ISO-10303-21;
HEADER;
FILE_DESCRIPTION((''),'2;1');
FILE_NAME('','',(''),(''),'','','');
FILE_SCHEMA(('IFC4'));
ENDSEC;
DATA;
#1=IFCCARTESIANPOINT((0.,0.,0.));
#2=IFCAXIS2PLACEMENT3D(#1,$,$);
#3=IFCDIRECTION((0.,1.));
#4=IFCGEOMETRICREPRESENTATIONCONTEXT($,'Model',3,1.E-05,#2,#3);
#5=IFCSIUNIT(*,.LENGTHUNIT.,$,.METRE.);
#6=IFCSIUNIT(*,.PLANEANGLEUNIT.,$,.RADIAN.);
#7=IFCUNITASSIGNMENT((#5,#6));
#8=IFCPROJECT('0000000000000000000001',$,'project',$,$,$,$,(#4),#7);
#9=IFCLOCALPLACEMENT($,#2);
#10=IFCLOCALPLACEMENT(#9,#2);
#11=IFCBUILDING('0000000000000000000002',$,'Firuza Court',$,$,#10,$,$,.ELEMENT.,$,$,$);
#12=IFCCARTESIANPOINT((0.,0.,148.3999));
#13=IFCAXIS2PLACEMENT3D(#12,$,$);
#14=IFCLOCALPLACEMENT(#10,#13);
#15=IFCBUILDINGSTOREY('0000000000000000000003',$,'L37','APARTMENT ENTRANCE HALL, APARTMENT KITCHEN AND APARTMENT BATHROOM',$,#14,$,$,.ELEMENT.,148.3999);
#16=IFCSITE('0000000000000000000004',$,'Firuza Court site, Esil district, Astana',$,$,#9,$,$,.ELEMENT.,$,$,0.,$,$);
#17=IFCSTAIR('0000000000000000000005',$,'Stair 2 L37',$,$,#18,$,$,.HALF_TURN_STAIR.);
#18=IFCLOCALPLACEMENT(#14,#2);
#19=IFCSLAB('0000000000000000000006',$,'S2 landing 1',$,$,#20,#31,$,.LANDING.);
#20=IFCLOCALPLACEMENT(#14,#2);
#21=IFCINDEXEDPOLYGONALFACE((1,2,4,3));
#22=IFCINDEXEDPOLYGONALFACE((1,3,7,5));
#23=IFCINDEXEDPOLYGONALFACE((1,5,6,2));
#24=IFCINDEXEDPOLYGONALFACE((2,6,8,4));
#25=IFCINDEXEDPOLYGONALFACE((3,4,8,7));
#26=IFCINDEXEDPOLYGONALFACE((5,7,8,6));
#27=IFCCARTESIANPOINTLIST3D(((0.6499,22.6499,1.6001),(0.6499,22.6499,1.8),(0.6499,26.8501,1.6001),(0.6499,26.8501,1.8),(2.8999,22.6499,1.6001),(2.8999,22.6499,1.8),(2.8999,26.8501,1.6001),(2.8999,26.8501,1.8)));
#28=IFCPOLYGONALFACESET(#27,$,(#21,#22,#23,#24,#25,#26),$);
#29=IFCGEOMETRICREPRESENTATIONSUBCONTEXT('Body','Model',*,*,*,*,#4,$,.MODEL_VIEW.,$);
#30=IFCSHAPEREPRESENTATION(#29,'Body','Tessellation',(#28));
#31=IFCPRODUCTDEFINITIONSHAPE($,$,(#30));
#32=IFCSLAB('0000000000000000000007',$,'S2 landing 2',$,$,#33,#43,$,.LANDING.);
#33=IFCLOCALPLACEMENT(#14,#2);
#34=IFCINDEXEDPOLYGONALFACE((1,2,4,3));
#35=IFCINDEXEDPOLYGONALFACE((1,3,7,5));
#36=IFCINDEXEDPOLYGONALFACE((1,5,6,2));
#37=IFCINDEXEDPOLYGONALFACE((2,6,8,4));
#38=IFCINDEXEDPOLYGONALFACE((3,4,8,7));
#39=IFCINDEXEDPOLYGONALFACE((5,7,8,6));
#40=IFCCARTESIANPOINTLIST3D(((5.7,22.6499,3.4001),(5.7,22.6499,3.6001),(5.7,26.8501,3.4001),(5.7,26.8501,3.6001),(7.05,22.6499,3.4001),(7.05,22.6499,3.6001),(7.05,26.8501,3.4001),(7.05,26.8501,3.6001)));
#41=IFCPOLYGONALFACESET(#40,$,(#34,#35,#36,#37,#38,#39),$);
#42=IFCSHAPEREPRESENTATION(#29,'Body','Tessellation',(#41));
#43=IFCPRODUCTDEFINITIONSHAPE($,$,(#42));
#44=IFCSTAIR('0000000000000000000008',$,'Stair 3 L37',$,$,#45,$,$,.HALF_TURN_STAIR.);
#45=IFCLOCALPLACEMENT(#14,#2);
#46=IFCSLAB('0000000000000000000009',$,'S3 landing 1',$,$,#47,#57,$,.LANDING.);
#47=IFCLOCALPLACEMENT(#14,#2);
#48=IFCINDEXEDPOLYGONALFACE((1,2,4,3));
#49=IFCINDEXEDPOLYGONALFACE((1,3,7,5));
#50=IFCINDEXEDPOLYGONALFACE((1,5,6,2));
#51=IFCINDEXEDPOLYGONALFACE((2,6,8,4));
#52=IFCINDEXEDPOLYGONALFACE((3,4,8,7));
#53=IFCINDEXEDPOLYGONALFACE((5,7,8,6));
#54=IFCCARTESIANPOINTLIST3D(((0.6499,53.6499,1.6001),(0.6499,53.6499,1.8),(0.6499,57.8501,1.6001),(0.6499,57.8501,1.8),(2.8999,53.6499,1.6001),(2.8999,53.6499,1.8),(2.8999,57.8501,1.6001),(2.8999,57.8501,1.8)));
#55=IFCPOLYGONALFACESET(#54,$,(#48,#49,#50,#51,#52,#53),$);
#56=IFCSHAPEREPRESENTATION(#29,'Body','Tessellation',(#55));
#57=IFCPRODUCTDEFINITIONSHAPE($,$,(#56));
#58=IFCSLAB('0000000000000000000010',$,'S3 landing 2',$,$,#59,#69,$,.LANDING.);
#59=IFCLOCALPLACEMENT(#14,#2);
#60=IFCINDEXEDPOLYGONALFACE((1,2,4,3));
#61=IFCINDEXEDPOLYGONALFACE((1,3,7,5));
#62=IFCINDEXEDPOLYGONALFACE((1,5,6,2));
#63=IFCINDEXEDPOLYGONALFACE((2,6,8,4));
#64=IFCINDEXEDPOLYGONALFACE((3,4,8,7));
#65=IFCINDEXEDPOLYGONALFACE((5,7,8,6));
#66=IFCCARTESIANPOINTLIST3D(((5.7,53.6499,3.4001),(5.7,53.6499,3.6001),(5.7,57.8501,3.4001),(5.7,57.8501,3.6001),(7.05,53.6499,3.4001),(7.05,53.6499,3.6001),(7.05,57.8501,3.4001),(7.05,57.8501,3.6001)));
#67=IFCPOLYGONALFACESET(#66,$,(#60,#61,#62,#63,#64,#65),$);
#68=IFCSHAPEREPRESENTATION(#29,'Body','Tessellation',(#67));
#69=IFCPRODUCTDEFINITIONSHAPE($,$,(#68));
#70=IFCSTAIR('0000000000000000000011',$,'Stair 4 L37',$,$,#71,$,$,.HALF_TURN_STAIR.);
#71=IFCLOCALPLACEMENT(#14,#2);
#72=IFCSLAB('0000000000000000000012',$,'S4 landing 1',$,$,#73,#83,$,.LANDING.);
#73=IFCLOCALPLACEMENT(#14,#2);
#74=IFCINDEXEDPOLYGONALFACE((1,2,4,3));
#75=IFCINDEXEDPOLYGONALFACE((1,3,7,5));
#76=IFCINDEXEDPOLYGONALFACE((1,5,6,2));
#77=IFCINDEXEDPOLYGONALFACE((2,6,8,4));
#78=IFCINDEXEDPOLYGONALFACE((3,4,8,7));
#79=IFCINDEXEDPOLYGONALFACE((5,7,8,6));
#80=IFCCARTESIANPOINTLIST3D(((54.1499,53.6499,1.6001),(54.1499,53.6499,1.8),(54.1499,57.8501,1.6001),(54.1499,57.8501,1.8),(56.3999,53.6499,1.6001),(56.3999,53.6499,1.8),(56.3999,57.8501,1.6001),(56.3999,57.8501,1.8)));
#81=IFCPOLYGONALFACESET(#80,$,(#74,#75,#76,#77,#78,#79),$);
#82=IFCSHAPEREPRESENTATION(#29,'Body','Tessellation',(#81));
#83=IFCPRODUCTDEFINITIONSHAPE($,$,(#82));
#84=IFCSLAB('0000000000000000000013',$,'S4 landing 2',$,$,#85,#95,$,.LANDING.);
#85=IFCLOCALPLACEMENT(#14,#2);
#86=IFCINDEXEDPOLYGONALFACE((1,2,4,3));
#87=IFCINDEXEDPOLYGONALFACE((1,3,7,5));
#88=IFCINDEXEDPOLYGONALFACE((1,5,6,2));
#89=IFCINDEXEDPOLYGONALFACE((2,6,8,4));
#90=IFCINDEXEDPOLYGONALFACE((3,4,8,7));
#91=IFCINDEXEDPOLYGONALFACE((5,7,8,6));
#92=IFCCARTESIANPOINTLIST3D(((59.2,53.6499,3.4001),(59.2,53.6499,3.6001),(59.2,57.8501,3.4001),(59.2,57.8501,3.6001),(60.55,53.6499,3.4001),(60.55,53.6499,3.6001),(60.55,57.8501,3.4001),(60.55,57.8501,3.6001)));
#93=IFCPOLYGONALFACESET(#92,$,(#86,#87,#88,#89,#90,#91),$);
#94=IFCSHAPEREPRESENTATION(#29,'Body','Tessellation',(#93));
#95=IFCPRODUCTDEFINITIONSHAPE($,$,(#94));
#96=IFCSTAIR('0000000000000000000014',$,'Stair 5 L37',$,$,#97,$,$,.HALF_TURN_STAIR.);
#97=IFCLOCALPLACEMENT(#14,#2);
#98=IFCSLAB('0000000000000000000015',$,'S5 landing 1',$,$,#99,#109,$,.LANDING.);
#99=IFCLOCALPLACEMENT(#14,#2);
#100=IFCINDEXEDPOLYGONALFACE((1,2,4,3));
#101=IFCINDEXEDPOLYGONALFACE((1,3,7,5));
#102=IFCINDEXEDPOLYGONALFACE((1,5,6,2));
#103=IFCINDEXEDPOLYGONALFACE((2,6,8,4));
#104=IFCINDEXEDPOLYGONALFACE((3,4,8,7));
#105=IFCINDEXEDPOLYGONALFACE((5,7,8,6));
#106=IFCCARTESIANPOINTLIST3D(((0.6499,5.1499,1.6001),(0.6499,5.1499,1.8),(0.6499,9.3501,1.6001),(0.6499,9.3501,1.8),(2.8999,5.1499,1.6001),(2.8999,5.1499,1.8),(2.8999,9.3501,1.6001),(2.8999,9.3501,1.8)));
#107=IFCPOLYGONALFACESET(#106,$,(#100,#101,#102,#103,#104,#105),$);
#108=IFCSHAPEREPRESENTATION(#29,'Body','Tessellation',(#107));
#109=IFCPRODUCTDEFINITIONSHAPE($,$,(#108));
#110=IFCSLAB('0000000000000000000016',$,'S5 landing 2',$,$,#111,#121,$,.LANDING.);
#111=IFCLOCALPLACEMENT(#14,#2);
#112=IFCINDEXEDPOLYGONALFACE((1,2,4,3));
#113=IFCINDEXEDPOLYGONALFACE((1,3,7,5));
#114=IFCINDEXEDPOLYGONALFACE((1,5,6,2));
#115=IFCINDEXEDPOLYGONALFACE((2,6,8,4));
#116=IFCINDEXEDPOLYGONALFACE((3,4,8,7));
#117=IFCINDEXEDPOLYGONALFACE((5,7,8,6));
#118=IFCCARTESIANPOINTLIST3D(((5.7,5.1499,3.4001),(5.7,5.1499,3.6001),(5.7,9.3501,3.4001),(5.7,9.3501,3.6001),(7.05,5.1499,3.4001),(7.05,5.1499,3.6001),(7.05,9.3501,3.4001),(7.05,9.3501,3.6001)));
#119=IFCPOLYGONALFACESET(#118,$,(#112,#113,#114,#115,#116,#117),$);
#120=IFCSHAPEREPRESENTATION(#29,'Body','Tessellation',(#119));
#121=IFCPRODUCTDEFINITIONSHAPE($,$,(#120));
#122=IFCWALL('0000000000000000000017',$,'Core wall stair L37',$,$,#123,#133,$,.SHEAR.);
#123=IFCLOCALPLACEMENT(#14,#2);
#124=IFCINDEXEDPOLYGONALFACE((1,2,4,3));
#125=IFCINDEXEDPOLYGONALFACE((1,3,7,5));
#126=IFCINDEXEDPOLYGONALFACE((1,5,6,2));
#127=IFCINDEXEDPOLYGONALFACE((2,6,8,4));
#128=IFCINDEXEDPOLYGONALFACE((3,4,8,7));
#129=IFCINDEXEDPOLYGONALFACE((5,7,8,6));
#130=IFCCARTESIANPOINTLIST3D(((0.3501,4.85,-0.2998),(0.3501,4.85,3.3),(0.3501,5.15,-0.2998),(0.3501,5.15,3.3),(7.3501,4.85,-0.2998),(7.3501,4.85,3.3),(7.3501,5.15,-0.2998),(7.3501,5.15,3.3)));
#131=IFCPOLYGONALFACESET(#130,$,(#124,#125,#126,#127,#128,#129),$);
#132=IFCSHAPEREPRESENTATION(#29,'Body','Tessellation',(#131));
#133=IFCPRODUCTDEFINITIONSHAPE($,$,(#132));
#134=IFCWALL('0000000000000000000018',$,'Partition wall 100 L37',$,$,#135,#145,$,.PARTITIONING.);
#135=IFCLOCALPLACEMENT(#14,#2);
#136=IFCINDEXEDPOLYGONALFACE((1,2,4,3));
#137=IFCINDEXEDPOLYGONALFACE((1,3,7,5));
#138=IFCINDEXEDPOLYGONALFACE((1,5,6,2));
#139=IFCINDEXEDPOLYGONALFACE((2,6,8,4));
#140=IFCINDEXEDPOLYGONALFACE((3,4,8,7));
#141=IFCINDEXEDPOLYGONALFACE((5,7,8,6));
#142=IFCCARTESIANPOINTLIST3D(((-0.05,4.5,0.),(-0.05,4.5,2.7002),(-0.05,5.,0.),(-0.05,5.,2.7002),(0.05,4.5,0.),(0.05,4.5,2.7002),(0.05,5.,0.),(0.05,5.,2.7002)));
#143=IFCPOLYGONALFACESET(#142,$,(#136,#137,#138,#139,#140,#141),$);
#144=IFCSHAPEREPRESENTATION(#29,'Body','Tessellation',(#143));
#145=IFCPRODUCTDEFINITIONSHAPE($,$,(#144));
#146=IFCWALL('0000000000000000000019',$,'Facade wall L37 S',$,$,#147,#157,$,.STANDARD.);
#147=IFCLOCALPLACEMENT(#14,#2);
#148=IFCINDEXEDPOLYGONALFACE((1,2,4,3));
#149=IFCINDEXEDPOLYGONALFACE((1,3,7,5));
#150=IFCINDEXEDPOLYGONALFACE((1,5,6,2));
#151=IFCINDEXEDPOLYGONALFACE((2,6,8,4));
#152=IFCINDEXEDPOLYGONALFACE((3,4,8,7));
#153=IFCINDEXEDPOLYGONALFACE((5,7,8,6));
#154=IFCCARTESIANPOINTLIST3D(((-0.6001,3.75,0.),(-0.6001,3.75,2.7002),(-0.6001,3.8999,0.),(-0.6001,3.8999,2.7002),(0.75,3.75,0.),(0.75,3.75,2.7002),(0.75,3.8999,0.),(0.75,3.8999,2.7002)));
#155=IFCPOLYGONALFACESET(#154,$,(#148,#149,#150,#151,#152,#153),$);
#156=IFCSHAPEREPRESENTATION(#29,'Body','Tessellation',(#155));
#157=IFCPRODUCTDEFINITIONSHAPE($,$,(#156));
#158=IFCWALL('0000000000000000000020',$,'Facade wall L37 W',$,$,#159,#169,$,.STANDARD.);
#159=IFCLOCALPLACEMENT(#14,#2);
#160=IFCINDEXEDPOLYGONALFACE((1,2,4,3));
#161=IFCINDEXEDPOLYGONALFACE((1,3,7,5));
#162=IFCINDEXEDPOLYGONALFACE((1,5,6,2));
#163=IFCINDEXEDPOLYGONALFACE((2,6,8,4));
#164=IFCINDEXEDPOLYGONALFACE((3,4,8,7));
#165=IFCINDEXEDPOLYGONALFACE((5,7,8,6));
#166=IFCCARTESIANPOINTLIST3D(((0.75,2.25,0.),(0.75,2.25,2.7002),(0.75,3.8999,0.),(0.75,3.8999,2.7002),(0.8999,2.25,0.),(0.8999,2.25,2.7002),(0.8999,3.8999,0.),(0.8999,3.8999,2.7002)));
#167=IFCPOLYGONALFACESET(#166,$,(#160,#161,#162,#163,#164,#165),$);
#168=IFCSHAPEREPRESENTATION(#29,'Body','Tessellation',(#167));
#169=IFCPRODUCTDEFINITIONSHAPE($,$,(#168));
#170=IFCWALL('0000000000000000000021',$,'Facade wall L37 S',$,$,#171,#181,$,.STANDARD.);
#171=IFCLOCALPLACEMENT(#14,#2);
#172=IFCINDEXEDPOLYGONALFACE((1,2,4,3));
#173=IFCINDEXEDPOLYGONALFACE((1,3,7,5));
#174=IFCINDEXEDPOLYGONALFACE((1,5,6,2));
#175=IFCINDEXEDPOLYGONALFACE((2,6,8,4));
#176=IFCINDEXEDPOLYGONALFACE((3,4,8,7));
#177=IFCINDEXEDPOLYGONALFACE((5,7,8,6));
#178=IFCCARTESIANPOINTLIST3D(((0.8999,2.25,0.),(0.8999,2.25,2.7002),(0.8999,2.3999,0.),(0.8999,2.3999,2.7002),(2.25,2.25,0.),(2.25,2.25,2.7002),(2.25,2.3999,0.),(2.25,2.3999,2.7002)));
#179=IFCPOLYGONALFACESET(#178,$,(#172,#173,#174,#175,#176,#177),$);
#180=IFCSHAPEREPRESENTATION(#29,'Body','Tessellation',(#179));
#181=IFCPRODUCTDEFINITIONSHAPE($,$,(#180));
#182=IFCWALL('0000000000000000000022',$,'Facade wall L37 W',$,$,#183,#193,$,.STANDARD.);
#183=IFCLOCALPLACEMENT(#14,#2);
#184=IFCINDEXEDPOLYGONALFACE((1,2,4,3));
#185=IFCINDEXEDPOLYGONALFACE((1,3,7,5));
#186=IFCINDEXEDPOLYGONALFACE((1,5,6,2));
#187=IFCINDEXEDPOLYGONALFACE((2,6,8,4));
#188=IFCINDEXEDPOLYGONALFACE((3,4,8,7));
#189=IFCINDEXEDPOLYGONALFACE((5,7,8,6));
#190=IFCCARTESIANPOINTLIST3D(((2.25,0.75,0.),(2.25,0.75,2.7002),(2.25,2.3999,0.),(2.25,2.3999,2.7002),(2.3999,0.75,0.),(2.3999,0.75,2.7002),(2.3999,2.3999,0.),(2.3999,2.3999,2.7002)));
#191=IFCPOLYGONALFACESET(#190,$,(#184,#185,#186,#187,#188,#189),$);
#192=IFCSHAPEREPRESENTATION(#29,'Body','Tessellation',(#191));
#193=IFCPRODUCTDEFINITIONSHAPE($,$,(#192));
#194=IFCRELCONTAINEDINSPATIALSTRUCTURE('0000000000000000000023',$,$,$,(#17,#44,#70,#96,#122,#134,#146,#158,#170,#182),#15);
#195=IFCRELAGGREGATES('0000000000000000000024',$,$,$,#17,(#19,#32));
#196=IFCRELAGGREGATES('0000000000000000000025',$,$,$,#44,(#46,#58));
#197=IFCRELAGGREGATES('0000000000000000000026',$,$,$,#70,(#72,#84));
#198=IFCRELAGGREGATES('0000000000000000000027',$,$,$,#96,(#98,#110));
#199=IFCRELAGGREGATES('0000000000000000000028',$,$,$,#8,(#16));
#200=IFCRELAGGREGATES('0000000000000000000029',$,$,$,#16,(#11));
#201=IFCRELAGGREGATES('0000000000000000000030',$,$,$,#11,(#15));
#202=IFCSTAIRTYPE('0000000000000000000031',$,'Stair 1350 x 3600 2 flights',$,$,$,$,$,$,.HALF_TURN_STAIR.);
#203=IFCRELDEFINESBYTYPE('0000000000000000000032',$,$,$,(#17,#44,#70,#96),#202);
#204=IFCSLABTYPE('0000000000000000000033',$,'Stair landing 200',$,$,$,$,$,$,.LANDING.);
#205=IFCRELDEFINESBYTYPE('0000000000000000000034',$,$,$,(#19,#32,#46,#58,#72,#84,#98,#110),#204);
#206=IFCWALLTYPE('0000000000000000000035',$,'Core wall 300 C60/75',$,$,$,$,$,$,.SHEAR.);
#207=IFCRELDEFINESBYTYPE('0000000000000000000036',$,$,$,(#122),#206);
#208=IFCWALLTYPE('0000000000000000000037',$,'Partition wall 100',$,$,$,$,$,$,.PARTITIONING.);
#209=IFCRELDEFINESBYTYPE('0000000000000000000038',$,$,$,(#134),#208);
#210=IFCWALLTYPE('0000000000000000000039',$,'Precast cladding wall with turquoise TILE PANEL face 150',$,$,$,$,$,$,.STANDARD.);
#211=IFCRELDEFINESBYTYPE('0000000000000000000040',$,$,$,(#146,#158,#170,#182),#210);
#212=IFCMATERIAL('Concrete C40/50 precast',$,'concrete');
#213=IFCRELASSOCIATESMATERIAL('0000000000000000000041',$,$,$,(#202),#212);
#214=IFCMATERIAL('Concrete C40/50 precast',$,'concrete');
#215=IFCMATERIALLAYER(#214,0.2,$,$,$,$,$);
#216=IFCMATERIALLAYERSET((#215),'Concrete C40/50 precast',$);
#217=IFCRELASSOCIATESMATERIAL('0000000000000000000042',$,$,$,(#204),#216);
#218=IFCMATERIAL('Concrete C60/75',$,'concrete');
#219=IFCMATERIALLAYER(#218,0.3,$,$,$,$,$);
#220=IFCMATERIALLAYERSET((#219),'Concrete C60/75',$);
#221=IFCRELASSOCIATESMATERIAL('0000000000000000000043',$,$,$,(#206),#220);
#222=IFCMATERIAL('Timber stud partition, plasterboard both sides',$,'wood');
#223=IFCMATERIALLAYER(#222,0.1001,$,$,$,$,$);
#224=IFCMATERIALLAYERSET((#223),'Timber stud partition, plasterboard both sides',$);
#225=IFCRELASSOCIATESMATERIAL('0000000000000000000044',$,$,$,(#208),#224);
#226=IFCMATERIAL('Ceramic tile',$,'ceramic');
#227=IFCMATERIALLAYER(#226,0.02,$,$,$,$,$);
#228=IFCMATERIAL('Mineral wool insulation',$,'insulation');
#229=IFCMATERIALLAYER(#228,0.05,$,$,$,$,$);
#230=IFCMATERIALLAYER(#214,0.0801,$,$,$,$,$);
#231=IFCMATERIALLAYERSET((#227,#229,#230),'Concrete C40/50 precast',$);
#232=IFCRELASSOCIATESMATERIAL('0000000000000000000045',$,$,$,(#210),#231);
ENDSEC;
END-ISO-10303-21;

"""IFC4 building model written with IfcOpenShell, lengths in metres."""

from ifc_helpers import new_model, si_unit, direction, frame, frame_2d, origin, place, context, subcontext, project, spatial, polyline, rectangle, outline, extrude, material, layer, layer_set, type_object, element, aggregate, save


model = new_model("IFC4")

# Units and contexts
model_context = context("Model", 3, precision=1e-05, world=origin(), true_north=direction((0.0, 1.0)))
body_context = subcontext(model_context, "Body", "Model", "MODEL_VIEW")
ifc_project = project(units=[si_unit("LENGTHUNIT", "METRE"), si_unit("PLANEANGLEUNIT", "RADIAN")], contexts=[model_context])

# Site, building, storey
site_placement = place(None, origin())
site = spatial("IfcSite", under=ifc_project, at=site_placement, Name="Firuza Court site, Esil district, Astana", CompositionType="ELEMENT", RefElevation=0.0)
building_placement = place(site_placement, origin())
building = spatial("IfcBuilding", under=site, at=building_placement, Name="Firuza Court", CompositionType="ELEMENT")
storey_placement = place(building_placement, frame((0.0, 0.0, 148.3999)))
storey = spatial("IfcBuildingStorey", under=building, at=storey_placement, Name="L37", Description="APARTMENT ENTRANCE HALL, APARTMENT KITCHEN AND APARTMENT BATHROOM", CompositionType="ELEMENT", Elevation=148.3999)

# Stairs, slabs
ifc_material_1 = material(Name="Concrete C40/50 precast", Category="concrete")
stair_type = type_object("IfcStairType", Name="Stair 1350 x 3600 2 flights", PredefinedType="HALF_TURN_STAIR", material=ifc_material_1)
ifc_material_2 = material(Name="Concrete C40/50 precast", Category="concrete")
ifc_layer_1 = layer(ifc_material_2, 0.2)
ifc_layer_set_1 = layer_set([ifc_layer_1], Name="Concrete C40/50 precast")
slab_type_1 = type_object("IfcSlabType", Name="Stair landing 200", PredefinedType="LANDING", material=ifc_layer_set_1)
stair_1_placement = place(storey_placement, origin())
stair_1 = element("IfcStair", 1, at=stair_1_placement, inside=storey, type_object=stair_type, Name="Stair 2 L37", PredefinedType="HALF_TURN_STAIR")
slab_1_placement = place(storey_placement, frame((0.0, 0.0, 1.6001)))
slab_1 = element("IfcSlab", 2, at=slab_1_placement, type_object=slab_type_1, Name="S2 landing 1", PredefinedType="LANDING", context=body_context, shape_type="SweptSolid", body=[
    extrude(outline(polyline([(2.8999, 22.6499), (2.8999, 26.8501), (0.6499, 26.8501), (0.6499, 22.6499), (2.8999, 22.6499)])), origin(), (0.0, 0.0, 1.0), 0.2),
])
slab_2_placement = place(storey_placement, frame((0.0, 0.0, 3.4001)))
slab_2 = element("IfcSlab", 3, at=slab_2_placement, type_object=slab_type_1, Name="S2 landing 2", PredefinedType="LANDING", context=body_context, shape_type="SweptSolid", body=[
    extrude(outline(polyline([(7.05, 22.6499), (7.05, 26.8501), (5.7, 26.8501), (5.7, 22.6499), (7.05, 22.6499)])), origin(), (0.0, 0.0, 1.0), 0.2),
])
aggregate(stair_1, [slab_1, slab_2])
stair_2_placement = place(storey_placement, origin())
stair_2 = element("IfcStair", 4, at=stair_2_placement, inside=storey, type_object=stair_type, Name="Stair 3 L37", PredefinedType="HALF_TURN_STAIR")
slab_3_placement = place(storey_placement, frame((0.0, 0.0, 1.6001)))
slab_3 = element("IfcSlab", 5, at=slab_3_placement, type_object=slab_type_1, Name="S3 landing 1", PredefinedType="LANDING", context=body_context, shape_type="SweptSolid", body=[
    extrude(outline(polyline([(2.8999, 53.6499), (2.8999, 57.8501), (0.6499, 57.8501), (0.6499, 53.6499), (2.8999, 53.6499)])), origin(), (0.0, 0.0, 1.0), 0.2),
])
slab_4_placement = place(storey_placement, frame((0.0, 0.0, 3.4001)))
slab_4 = element("IfcSlab", 6, at=slab_4_placement, type_object=slab_type_1, Name="S3 landing 2", PredefinedType="LANDING", context=body_context, shape_type="SweptSolid", body=[
    extrude(outline(polyline([(7.05, 53.6499), (7.05, 57.8501), (5.7, 57.8501), (5.7, 53.6499), (7.05, 53.6499)])), origin(), (0.0, 0.0, 1.0), 0.2),
])
aggregate(stair_2, [slab_3, slab_4])
stair_3_placement = place(storey_placement, origin())
stair_3 = element("IfcStair", 7, at=stair_3_placement, inside=storey, type_object=stair_type, Name="Stair 4 L37", PredefinedType="HALF_TURN_STAIR")
slab_5_placement = place(storey_placement, frame((0.0, 0.0, 1.6001)))
slab_5 = element("IfcSlab", 8, at=slab_5_placement, type_object=slab_type_1, Name="S4 landing 1", PredefinedType="LANDING", context=body_context, shape_type="SweptSolid", body=[
    extrude(outline(polyline([(56.3999, 53.6499), (56.3999, 57.8501), (54.1499, 57.8501), (54.1499, 53.6499), (56.3999, 53.6499)])), origin(), (0.0, 0.0, 1.0), 0.2),
])
slab_6_placement = place(storey_placement, frame((0.0, 0.0, 3.4001)))
slab_6 = element("IfcSlab", 9, at=slab_6_placement, type_object=slab_type_1, Name="S4 landing 2", PredefinedType="LANDING", context=body_context, shape_type="SweptSolid", body=[
    extrude(outline(polyline([(60.55, 53.6499), (60.55, 57.8501), (59.2, 57.8501), (59.2, 53.6499), (60.55, 53.6499)])), origin(), (0.0, 0.0, 1.0), 0.2),
])
aggregate(stair_3, [slab_5, slab_6])
stair_4_placement = place(storey_placement, origin())
stair_4 = element("IfcStair", 10, at=stair_4_placement, inside=storey, type_object=stair_type, Name="Stair 5 L37", PredefinedType="HALF_TURN_STAIR")
slab_7_placement = place(storey_placement, frame((0.0, 0.0, 1.6001)))
slab_7 = element("IfcSlab", 11, at=slab_7_placement, type_object=slab_type_1, Name="S5 landing 1", PredefinedType="LANDING", context=body_context, shape_type="SweptSolid", body=[
    extrude(outline(polyline([(2.8999, 5.1499), (2.8999, 9.3501), (0.6499, 9.3501), (0.6499, 5.1499), (2.8999, 5.1499)])), origin(), (0.0, 0.0, 1.0), 0.2),
])
slab_8_placement = place(storey_placement, frame((0.0, 0.0, 3.4001)))
slab_8 = element("IfcSlab", 12, at=slab_8_placement, type_object=slab_type_1, Name="S5 landing 2", PredefinedType="LANDING", context=body_context, shape_type="SweptSolid", body=[
    extrude(outline(polyline([(7.05, 5.1499), (7.05, 9.3501), (5.7, 9.3501), (5.7, 5.1499), (7.05, 5.1499)])), origin(), (0.0, 0.0, 1.0), 0.2),
])
aggregate(stair_4, [slab_7, slab_8])

# Walls
ifc_material_3 = material(Name="Concrete C60/75", Category="concrete")
ifc_layer_2 = layer(ifc_material_3, 0.3)
ifc_layer_set_2 = layer_set([ifc_layer_2], Name="Concrete C60/75")
wall_type_1 = type_object("IfcWallType", Name="Core wall 300 C60/75", PredefinedType="SHEAR", material=ifc_layer_set_2)
wall_1_placement = place(storey_placement, frame((0.3501, 5.0, -0.2998), z_axis=(0.0, 0.0, 1.0), x_axis=(1.0, 0.0, 0.0)))
element("IfcWall", 13, at=wall_1_placement, inside=storey, type_object=wall_type_1, Name="Core wall stair L37", PredefinedType="SHEAR", context=body_context, shape_type="SweptSolid", body=[
    extrude(rectangle(XDim=7.0, YDim=0.3, at=frame_2d((3.5, 0.0))), origin(), (0.0, 0.0, 1.0), 3.5999),
])
ifc_material_4 = material(Name="Timber stud partition, plasterboard both sides", Category="wood")
ifc_layer_3 = layer(ifc_material_4, 0.1001)
ifc_layer_set_3 = layer_set([ifc_layer_3], Name="Timber stud partition, plasterboard both sides")
wall_type_2 = type_object("IfcWallType", Name="Partition wall 100", PredefinedType="PARTITIONING", material=ifc_layer_set_3)
wall_2_placement = place(storey_placement, frame((0.0, 4.5, 0.0), z_axis=(0.0, 0.0, 1.0), x_axis=(0.0, 1.0, 0.0)))
element("IfcWall", 14, at=wall_2_placement, inside=storey, type_object=wall_type_2, Name="Partition wall 100 L37", PredefinedType="PARTITIONING", context=body_context, shape_type="SweptSolid", body=[
    extrude(rectangle(XDim=0.5, YDim=0.1001, at=frame_2d((0.25, 0.0))), origin(), (0.0, 0.0, 1.0), 2.7002),
])
ifc_material_5 = material(Name="Ceramic tile", Category="ceramic")
ifc_layer_4 = layer(ifc_material_5, 0.02)
ifc_material_6 = material(Name="Mineral wool insulation", Category="insulation")
ifc_layer_5 = layer(ifc_material_6, 0.05)
ifc_layer_6 = layer(ifc_material_2, 0.0801)
ifc_layer_set_4 = layer_set([ifc_layer_4, ifc_layer_5, ifc_layer_6], Name="Concrete C40/50 precast")
wall_type_3 = type_object("IfcWallType", Name="Precast cladding wall with turquoise TILE PANEL face 150", PredefinedType="STANDARD", material=ifc_layer_set_4)
wall_3_placement = place(storey_placement, frame((-0.6001, 3.825, 0.0), z_axis=(0.0, 0.0, 1.0), x_axis=(1.0, 0.0, 0.0)))
element("IfcWall", 15, at=wall_3_placement, inside=storey, type_object=wall_type_3, Name="Facade wall L37 S", PredefinedType="STANDARD", context=body_context, shape_type="SweptSolid", body=[
    extrude(rectangle(XDim=1.3501, YDim=0.1499, at=frame_2d((0.675, 0.0))), origin(), (0.0, 0.0, 1.0), 2.7002),
])
wall_4_placement = place(storey_placement, frame((0.825, 3.8999, 0.0), z_axis=(0.0, 0.0, 1.0), x_axis=(0.0, -1.0, 0.0)))
element("IfcWall", 16, at=wall_4_placement, inside=storey, type_object=wall_type_3, Name="Facade wall L37 W", PredefinedType="STANDARD", context=body_context, shape_type="SweptSolid", body=[
    extrude(rectangle(XDim=1.6499, YDim=0.1499, at=frame_2d((0.825, 0.0))), origin(), (0.0, 0.0, 1.0), 2.7002),
])
wall_5_placement = place(storey_placement, frame((0.8999, 2.325, 0.0), z_axis=(0.0, 0.0, 1.0), x_axis=(1.0, 0.0, 0.0)))
element("IfcWall", 17, at=wall_5_placement, inside=storey, type_object=wall_type_3, Name="Facade wall L37 S", PredefinedType="STANDARD", context=body_context, shape_type="SweptSolid", body=[
    extrude(rectangle(XDim=1.3501, YDim=0.1499, at=frame_2d((0.675, 0.0))), origin(), (0.0, 0.0, 1.0), 2.7002),
])
wall_6_placement = place(storey_placement, frame((2.325, 2.3999, 0.0), z_axis=(0.0, 0.0, 1.0), x_axis=(0.0, -1.0, 0.0)))
element("IfcWall", 18, at=wall_6_placement, inside=storey, type_object=wall_type_3, Name="Facade wall L37 W", PredefinedType="STANDARD", context=body_context, shape_type="SweptSolid", body=[
    extrude(rectangle(XDim=1.6499, YDim=0.1499, at=frame_2d((0.825, 0.0))), origin(), (0.0, 0.0, 1.0), 2.7002),
])

save(model, "model.ifc")
